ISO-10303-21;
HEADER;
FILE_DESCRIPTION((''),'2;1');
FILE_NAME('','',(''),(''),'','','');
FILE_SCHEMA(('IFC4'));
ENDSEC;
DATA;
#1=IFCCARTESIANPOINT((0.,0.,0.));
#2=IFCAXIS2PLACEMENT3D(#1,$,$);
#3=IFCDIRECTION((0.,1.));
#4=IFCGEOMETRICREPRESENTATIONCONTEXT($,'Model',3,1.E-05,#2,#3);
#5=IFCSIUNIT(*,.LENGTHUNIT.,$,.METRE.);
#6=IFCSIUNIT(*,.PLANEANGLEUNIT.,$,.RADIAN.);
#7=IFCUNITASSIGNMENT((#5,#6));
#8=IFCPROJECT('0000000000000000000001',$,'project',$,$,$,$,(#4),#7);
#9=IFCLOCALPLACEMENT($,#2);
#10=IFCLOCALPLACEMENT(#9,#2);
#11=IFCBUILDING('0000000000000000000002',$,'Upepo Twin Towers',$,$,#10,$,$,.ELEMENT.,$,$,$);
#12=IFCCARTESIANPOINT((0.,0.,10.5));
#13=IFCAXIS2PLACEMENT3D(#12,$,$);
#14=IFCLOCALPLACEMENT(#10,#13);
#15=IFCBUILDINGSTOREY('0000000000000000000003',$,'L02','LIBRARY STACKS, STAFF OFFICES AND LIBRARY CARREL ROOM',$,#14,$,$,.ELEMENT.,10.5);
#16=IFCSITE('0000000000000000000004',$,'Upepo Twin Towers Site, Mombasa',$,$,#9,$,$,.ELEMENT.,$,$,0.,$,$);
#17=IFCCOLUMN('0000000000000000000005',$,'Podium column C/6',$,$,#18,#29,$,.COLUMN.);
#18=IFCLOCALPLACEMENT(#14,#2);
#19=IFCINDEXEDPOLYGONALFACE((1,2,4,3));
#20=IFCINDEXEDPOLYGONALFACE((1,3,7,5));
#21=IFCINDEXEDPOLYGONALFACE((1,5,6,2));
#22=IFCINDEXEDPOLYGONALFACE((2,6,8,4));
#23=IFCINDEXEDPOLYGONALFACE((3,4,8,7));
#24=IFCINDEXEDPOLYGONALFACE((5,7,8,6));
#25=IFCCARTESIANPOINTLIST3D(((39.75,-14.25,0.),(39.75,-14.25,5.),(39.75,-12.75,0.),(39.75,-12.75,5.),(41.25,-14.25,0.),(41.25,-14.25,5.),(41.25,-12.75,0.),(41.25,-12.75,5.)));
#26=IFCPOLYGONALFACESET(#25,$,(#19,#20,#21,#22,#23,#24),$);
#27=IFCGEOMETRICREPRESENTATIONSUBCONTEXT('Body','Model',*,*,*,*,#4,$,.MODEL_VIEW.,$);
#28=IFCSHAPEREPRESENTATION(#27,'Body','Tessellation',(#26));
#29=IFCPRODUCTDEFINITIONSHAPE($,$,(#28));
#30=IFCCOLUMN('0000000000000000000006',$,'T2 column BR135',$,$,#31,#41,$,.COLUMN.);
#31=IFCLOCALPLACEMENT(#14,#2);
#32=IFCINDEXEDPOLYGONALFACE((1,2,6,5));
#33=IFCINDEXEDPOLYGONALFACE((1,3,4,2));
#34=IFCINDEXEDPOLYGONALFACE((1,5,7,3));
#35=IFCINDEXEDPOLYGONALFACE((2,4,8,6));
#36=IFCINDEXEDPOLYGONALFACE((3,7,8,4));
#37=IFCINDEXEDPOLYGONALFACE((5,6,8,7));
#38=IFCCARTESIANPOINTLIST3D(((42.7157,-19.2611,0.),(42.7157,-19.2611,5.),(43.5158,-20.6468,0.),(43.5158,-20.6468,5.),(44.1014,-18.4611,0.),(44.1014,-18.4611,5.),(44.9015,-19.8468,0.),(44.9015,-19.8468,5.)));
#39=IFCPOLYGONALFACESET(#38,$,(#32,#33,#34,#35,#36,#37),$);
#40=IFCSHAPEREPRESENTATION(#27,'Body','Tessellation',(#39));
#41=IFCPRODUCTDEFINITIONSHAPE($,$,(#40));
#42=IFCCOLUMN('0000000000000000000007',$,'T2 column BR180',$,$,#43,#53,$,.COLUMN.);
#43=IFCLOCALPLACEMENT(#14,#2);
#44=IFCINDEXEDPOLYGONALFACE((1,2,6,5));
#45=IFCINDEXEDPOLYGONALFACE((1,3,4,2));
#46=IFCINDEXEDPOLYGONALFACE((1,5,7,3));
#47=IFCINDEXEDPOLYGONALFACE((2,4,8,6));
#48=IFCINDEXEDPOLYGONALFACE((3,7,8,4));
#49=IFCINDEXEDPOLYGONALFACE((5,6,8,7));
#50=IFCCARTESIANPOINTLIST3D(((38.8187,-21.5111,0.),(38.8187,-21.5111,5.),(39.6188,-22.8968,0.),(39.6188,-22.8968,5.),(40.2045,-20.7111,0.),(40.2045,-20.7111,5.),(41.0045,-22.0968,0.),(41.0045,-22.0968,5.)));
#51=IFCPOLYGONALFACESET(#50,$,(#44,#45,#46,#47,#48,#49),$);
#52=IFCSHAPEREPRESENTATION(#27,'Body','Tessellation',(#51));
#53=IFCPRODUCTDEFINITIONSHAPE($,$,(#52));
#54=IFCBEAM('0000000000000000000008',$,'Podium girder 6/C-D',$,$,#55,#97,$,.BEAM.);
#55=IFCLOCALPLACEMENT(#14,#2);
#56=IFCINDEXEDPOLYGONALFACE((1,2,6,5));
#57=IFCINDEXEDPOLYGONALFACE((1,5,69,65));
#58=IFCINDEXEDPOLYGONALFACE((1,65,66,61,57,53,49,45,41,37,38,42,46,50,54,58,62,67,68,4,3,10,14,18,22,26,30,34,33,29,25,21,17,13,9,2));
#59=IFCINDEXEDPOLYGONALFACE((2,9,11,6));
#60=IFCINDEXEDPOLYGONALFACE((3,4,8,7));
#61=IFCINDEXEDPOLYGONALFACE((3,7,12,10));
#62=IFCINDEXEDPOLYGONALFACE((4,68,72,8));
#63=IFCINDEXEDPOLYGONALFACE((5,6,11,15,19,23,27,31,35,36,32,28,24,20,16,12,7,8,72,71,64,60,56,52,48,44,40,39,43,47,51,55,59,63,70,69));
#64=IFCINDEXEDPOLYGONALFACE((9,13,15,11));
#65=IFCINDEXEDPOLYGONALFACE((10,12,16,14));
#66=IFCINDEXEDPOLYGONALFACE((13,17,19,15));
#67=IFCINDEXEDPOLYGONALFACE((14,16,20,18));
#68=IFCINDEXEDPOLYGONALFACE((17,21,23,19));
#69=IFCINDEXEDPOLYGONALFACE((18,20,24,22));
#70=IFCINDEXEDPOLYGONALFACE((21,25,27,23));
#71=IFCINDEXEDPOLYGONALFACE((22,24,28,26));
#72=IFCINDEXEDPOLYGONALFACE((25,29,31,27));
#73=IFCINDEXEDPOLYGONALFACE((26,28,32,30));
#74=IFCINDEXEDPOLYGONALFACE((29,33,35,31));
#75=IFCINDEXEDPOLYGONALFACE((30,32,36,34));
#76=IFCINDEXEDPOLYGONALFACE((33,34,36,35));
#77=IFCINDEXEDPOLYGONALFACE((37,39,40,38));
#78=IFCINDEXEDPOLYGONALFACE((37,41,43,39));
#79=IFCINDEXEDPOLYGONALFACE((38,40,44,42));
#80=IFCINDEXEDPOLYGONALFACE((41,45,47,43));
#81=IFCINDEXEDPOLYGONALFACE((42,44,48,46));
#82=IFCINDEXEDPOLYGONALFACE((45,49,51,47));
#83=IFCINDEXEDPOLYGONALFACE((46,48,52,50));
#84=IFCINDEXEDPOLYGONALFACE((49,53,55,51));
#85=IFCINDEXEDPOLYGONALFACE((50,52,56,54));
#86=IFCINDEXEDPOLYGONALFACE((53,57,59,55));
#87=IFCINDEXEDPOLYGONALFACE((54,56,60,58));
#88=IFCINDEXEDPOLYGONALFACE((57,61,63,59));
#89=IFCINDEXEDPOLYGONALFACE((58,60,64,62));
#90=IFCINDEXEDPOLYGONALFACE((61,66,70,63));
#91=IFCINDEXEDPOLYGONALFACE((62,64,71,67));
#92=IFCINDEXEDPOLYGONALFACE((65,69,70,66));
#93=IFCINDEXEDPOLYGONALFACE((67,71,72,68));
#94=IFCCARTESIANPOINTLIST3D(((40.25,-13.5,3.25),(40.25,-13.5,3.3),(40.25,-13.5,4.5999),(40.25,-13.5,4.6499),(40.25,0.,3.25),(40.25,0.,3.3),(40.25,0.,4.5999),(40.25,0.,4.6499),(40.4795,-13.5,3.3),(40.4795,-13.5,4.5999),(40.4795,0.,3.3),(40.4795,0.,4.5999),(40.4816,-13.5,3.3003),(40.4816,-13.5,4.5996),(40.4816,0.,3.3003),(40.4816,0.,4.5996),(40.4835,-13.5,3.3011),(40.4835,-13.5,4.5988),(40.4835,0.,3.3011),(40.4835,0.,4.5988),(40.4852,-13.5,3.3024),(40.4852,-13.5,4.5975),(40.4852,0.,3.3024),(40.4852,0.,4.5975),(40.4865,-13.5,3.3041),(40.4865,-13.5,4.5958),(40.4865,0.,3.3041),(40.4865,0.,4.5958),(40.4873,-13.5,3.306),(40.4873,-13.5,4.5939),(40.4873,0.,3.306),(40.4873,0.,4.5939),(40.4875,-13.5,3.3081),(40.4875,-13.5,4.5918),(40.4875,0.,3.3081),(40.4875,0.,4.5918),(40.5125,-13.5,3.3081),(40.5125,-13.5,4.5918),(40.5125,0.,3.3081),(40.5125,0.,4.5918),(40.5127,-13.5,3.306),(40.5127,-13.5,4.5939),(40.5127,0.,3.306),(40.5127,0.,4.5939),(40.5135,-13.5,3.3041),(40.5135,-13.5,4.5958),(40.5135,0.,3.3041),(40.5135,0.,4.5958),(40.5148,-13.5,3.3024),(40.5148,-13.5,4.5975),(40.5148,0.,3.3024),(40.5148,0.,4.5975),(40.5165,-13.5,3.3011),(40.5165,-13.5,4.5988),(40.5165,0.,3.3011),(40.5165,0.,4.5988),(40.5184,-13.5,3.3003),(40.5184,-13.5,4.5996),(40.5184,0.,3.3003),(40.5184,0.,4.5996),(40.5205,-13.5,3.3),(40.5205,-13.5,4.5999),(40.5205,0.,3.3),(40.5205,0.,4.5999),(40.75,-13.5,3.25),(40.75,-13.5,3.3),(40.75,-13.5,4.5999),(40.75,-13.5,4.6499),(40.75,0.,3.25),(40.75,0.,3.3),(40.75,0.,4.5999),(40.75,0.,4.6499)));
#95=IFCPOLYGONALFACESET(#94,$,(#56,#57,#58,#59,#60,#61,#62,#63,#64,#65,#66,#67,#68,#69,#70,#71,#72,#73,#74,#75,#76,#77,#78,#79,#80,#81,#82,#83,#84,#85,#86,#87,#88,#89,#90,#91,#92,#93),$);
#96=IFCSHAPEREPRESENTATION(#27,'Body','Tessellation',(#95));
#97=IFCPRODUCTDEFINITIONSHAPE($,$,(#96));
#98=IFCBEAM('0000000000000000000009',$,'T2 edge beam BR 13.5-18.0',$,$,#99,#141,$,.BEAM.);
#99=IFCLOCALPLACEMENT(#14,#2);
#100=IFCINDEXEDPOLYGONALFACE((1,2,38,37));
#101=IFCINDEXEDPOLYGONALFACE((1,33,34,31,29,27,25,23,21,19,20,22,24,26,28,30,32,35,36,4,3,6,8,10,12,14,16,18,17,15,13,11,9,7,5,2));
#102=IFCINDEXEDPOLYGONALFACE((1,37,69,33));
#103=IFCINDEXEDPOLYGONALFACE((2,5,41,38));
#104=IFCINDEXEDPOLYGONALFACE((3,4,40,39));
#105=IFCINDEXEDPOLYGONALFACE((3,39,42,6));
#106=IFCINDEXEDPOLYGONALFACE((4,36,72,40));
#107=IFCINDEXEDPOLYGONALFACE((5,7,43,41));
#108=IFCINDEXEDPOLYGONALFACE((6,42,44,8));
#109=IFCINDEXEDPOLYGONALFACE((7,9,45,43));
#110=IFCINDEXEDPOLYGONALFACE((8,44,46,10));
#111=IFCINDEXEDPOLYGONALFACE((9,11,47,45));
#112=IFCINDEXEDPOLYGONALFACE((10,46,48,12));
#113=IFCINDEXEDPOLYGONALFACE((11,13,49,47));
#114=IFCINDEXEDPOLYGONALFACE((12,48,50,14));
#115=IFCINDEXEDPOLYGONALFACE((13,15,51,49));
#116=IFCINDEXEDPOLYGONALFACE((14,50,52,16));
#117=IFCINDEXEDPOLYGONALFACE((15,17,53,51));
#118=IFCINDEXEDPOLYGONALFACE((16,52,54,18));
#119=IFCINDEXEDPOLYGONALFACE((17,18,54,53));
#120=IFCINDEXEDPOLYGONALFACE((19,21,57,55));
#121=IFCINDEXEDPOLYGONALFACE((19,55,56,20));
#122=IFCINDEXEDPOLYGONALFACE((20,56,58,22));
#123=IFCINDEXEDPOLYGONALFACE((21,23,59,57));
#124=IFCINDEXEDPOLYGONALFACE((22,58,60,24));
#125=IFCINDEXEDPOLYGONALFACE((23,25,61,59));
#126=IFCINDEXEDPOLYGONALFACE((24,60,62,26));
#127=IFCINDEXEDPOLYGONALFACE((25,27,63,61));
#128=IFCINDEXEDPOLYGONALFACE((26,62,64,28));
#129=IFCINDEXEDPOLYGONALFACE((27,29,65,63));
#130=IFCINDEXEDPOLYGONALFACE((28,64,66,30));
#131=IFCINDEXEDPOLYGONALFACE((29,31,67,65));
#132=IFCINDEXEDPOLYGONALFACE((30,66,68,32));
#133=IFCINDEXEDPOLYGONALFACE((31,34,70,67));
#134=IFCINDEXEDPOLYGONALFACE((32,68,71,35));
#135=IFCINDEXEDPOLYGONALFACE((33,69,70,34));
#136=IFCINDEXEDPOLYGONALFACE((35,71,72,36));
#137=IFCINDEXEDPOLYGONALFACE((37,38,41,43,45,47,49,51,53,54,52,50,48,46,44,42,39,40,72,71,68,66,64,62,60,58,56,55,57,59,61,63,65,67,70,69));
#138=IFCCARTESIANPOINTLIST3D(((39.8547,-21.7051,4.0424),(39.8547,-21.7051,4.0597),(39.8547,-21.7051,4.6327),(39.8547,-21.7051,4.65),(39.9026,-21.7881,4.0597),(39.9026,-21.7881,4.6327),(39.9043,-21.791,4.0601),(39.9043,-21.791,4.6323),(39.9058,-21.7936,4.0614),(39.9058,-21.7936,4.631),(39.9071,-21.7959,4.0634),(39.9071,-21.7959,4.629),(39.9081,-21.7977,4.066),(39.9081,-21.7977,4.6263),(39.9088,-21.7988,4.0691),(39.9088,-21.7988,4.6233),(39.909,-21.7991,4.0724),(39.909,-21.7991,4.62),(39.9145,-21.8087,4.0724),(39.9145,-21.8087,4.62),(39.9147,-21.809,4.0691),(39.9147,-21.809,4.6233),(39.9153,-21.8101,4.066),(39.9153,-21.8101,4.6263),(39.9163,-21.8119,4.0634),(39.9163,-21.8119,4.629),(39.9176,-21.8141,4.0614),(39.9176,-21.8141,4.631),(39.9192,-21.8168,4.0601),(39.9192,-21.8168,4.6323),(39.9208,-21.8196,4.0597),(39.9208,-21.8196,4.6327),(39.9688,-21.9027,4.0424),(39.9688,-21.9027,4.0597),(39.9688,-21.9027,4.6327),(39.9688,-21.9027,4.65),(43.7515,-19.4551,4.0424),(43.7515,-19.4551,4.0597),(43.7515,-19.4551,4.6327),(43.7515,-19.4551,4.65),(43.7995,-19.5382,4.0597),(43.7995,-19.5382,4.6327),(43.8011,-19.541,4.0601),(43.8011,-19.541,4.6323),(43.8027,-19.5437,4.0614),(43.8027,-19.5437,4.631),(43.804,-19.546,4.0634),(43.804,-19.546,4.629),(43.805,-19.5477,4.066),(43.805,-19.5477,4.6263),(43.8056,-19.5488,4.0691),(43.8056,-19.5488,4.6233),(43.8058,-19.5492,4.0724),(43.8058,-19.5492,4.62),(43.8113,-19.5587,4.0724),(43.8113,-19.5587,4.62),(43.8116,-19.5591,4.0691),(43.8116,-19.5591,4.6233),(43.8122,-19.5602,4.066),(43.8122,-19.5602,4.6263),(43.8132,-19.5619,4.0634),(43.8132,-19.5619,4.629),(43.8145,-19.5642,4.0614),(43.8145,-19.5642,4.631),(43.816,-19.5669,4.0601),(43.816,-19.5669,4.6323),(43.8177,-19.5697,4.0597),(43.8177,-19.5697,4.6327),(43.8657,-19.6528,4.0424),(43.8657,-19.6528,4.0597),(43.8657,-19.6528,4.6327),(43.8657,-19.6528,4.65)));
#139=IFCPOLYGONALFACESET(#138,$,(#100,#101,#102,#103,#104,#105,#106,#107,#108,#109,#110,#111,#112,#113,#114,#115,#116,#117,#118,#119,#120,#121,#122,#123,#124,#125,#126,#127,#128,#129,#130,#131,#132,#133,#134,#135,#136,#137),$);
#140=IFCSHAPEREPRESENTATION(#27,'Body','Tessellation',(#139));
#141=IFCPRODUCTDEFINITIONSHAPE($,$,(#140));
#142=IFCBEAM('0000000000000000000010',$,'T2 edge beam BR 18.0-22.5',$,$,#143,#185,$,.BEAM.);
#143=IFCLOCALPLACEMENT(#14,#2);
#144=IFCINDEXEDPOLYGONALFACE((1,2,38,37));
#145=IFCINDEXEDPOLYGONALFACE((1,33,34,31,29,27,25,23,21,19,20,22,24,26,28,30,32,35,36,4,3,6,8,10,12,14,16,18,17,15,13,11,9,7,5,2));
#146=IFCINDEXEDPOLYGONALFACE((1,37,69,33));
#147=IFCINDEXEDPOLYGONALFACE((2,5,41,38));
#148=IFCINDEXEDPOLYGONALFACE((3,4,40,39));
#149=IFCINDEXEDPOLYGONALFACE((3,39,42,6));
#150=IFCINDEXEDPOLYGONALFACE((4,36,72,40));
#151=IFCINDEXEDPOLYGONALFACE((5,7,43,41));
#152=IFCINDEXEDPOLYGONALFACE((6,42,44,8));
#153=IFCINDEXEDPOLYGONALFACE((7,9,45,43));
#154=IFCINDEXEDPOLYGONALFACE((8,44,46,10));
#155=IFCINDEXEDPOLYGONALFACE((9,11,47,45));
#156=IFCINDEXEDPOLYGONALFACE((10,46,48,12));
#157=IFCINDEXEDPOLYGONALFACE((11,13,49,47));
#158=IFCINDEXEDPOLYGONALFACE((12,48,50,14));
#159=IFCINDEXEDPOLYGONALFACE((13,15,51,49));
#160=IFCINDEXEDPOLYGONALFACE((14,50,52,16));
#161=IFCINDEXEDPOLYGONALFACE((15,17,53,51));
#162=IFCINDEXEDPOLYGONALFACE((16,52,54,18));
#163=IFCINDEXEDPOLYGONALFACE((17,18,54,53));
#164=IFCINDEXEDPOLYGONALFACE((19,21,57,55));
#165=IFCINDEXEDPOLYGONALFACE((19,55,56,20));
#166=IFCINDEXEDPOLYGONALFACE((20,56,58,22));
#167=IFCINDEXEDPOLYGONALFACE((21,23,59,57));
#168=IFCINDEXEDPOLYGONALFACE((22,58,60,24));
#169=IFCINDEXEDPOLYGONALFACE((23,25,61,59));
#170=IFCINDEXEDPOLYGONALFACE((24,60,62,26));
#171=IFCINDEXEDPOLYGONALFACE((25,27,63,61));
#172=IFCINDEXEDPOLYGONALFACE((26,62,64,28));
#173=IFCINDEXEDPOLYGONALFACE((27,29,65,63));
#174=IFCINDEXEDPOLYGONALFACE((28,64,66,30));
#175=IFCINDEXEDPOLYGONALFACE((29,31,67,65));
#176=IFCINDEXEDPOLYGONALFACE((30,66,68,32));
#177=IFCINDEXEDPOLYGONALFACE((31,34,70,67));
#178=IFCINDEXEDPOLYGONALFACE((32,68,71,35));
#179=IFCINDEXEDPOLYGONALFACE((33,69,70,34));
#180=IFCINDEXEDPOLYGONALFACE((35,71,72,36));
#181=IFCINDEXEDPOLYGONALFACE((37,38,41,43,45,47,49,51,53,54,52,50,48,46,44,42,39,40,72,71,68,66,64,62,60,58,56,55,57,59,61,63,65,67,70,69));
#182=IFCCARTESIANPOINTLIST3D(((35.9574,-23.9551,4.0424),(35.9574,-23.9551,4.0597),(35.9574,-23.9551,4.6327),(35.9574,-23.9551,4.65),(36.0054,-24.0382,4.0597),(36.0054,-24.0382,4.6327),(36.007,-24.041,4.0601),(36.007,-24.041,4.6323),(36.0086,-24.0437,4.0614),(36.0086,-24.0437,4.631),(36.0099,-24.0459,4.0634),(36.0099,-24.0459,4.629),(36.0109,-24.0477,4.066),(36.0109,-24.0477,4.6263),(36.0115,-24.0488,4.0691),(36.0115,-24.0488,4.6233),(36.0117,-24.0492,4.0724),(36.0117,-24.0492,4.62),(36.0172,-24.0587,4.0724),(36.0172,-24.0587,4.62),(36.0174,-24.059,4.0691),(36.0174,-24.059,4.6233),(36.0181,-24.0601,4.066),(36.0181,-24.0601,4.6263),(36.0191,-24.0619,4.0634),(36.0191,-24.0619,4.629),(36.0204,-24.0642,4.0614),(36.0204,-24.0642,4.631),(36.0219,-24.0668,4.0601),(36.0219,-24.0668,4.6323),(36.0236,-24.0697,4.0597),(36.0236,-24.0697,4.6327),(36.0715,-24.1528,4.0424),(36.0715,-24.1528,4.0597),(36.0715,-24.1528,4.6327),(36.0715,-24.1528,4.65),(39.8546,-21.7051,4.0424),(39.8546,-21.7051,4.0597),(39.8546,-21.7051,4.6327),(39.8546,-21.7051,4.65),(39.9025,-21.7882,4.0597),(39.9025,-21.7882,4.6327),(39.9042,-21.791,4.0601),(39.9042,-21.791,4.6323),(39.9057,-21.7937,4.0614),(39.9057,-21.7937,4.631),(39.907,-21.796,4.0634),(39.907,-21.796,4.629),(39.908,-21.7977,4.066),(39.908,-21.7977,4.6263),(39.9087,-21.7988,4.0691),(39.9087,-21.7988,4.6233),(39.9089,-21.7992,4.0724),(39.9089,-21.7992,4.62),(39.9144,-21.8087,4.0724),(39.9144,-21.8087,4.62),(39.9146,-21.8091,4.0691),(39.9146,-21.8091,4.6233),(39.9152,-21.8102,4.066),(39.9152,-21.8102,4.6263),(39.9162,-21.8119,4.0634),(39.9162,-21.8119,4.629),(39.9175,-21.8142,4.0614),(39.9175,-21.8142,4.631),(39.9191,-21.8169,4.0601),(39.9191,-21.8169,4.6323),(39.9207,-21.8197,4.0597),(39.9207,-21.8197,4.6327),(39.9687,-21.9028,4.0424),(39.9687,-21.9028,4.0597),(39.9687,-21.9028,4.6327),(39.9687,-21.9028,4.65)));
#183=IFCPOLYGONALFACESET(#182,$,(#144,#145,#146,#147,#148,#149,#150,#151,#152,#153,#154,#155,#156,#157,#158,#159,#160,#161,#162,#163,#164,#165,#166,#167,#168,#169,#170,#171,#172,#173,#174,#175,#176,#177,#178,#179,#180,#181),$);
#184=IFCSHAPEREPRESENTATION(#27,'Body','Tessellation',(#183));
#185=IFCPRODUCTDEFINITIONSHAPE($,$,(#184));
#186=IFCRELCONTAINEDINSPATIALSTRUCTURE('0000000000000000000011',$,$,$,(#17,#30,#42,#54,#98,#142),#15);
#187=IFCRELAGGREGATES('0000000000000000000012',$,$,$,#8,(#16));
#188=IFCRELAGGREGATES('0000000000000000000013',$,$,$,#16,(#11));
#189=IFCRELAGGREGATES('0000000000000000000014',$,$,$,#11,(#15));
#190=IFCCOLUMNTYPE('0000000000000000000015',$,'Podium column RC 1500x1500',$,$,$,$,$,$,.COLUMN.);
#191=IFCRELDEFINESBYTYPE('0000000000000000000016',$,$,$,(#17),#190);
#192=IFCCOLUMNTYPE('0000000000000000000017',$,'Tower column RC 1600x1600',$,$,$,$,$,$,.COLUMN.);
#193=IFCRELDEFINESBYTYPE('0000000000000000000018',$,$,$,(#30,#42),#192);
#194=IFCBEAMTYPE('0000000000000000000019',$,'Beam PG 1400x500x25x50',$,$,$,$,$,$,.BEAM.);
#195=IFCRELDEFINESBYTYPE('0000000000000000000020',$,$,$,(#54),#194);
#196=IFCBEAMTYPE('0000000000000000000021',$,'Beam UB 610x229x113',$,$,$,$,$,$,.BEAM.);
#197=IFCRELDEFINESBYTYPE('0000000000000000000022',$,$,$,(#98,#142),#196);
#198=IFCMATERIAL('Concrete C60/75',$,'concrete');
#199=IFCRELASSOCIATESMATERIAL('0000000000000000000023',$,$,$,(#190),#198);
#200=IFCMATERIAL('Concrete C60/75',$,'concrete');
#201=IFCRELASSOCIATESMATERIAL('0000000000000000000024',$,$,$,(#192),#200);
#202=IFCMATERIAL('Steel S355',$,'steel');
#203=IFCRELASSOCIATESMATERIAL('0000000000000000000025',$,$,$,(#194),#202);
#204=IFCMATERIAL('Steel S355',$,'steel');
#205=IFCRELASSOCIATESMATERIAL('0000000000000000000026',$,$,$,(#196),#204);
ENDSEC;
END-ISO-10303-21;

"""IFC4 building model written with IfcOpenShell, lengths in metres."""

from ifc_helpers import new_model, si_unit, direction, frame, origin, origin_2d, place, context, subcontext, project, spatial, rectangle, i_section, extrude, material, material_profile, profile_set, type_object, element, save


model = new_model("IFC4")

# Units and contexts
model_context = context("Model", 3, precision=1e-05, world=origin(), true_north=direction((0.0, 1.0)))
body_context = subcontext(model_context, "Body", "Model", "MODEL_VIEW")
ifc_project = project(units=[si_unit("LENGTHUNIT", "METRE"), si_unit("PLANEANGLEUNIT", "RADIAN")], contexts=[model_context])

# Site, building, storey
site_placement = place(None, origin())
site = spatial("IfcSite", under=ifc_project, at=site_placement, Name="Upepo Twin Towers Site, Mombasa", CompositionType="ELEMENT", RefElevation=0.0)
building_placement = place(site_placement, origin())
building = spatial("IfcBuilding", under=site, at=building_placement, Name="Upepo Twin Towers", CompositionType="ELEMENT")
storey_placement = place(building_placement, frame((0.0, 0.0, 10.5)))
storey = spatial("IfcBuildingStorey", under=building, at=storey_placement, Name="L02", Description="LIBRARY STACKS, STAFF OFFICES AND LIBRARY CARREL ROOM", CompositionType="ELEMENT", Elevation=10.5)

# Columns
ifc_material_1 = material(Name="Concrete C60/75", Category="concrete")
ifc_material_profile_1 = material_profile(ifc_material_1, rectangle(XDim=1.5, YDim=1.5, at=origin_2d()), Name="RC 1500x1500")
ifc_profile_set_1 = profile_set([ifc_material_profile_1], Name="Concrete C60/75")
column_type_1 = type_object("IfcColumnType", Name="Podium column RC 1500x1500", PredefinedType="COLUMN", material=ifc_profile_set_1)
column_placement = place(storey_placement, frame((40.5, -13.5, 0.0), z_axis=(0.0, 0.0, 1.0), x_axis=(1.0, 0.0, 0.0)))
element("IfcColumn", 1, at=column_placement, inside=storey, type_object=column_type_1, Name="Podium column C/6", PredefinedType="COLUMN", context=body_context, shape_type="SweptSolid", body=[
    extrude(rectangle(XDim=1.5, YDim=1.5, at=origin_2d()), origin(), (0.0, 0.0, 1.0), 5.0),
])
ifc_material_2 = material(Name="Concrete C60/75", Category="concrete")
ifc_material_profile_2 = material_profile(ifc_material_2, rectangle(XDim=1.6001, YDim=1.6001, at=origin_2d()), Name="RC 1600x1600")
ifc_profile_set_2 = profile_set([ifc_material_profile_2], Name="Concrete C60/75")
column_type_2 = type_object("IfcColumnType", Name="Tower column RC 1600x1600", PredefinedType="COLUMN", material=ifc_profile_set_2)
for number, where, z_axis, x_axis, name in (
    (2, (43.8086, -19.554, 0.0), (0.0, 0.0, 1.0), (0.866025, 0.5, 0.0), "T2 column BR135"),
    (3, (39.9116, -21.804, 0.0), (0.0, 0.0, 1.0), (0.866025, 0.5, 0.0), "T2 column BR180"),
):
    element("IfcColumn", number, at=place(storey_placement, frame(where, z_axis=z_axis, x_axis=x_axis)), inside=storey, type_object=column_type_2, Name=name, PredefinedType="COLUMN", context=body_context, shape_type="SweptSolid", body=[
        extrude(rectangle(XDim=1.6001, YDim=1.6001, at=origin_2d()), origin(), (0.0, 0.0, 1.0), 5.0),
    ])

# Beams
ifc_material_3 = material(Name="Steel S355", Category="steel")
ifc_material_profile_3 = material_profile(ifc_material_3, i_section(OverallWidth=0.5, OverallDepth=1.3999, WebThickness=0.0249, FlangeThickness=0.05, FilletRadius=0.0081, at=origin_2d()), Name="PG 1400x500x25x50")
ifc_profile_set_3 = profile_set([ifc_material_profile_3], Name="Steel S355")
beam_type_1 = type_object("IfcBeamType", Name="Beam PG 1400x500x25x50", PredefinedType="BEAM", material=ifc_profile_set_3)
beam_1_placement = place(storey_placement, frame((40.5, -13.5, 3.95), z_axis=(0.0, 1.0, 0.0), x_axis=(-1.0, 0.0, 0.0)))
element("IfcBeam", 4, at=beam_1_placement, inside=storey, type_object=beam_type_1, Name="Podium girder 6/C-D", PredefinedType="BEAM", context=body_context, shape_type="SweptSolid", body=[
    extrude(i_section(OverallWidth=0.5, OverallDepth=1.3999, WebThickness=0.0249, FlangeThickness=0.05, FilletRadius=0.0081, at=origin_2d()), origin(), (0.0, 0.0, 1.0), 13.5),
])
ifc_material_4 = material(Name="Steel S355", Category="steel")
ifc_material_profile_4 = material_profile(ifc_material_4, i_section(OverallWidth=0.2283, OverallDepth=0.6077, WebThickness=0.011, FlangeThickness=0.0173, FilletRadius=0.0127, at=origin_2d()), Name="UB 610x229x113")
ifc_profile_set_4 = profile_set([ifc_material_profile_4], Name="Steel S355")
beam_type_2 = type_object("IfcBeamType", Name="Beam UB 610x229x113", PredefinedType="BEAM", material=ifc_profile_set_4)
beam_2_placement = place(storey_placement, frame((43.8086, -19.554, 4.3462), z_axis=(-0.866018, -0.500014, 0.0), x_axis=(0.500014, -0.866018, 0.0)))
element("IfcBeam", 5, at=beam_2_placement, inside=storey, type_object=beam_type_2, Name="T2 edge beam BR 13.5-18.0", PredefinedType="BEAM", context=body_context, shape_type="SweptSolid", body=[
    extrude(i_section(OverallWidth=0.2283, OverallDepth=0.6077, WebThickness=0.011, FlangeThickness=0.0173, FilletRadius=0.0127, at=origin_2d()), origin(), (0.0, 0.0, 1.0), 4.4998),
])
beam_3_placement = place(storey_placement, frame((39.9116, -21.804, 4.3462), z_axis=(-0.866031, -0.49999, 0.0), x_axis=(0.49999, -0.866031, 0.0)))
element("IfcBeam", 6, at=beam_3_placement, inside=storey, type_object=beam_type_2, Name="T2 edge beam BR 18.0-22.5", PredefinedType="BEAM", context=body_context, shape_type="SweptSolid", body=[
    extrude(i_section(OverallWidth=0.2283, OverallDepth=0.6077, WebThickness=0.011, FlangeThickness=0.0173, FilletRadius=0.0127, at=origin_2d()), origin(), (0.0, 0.0, 1.0), 4.5),
])

save(model, "model.ifc")
